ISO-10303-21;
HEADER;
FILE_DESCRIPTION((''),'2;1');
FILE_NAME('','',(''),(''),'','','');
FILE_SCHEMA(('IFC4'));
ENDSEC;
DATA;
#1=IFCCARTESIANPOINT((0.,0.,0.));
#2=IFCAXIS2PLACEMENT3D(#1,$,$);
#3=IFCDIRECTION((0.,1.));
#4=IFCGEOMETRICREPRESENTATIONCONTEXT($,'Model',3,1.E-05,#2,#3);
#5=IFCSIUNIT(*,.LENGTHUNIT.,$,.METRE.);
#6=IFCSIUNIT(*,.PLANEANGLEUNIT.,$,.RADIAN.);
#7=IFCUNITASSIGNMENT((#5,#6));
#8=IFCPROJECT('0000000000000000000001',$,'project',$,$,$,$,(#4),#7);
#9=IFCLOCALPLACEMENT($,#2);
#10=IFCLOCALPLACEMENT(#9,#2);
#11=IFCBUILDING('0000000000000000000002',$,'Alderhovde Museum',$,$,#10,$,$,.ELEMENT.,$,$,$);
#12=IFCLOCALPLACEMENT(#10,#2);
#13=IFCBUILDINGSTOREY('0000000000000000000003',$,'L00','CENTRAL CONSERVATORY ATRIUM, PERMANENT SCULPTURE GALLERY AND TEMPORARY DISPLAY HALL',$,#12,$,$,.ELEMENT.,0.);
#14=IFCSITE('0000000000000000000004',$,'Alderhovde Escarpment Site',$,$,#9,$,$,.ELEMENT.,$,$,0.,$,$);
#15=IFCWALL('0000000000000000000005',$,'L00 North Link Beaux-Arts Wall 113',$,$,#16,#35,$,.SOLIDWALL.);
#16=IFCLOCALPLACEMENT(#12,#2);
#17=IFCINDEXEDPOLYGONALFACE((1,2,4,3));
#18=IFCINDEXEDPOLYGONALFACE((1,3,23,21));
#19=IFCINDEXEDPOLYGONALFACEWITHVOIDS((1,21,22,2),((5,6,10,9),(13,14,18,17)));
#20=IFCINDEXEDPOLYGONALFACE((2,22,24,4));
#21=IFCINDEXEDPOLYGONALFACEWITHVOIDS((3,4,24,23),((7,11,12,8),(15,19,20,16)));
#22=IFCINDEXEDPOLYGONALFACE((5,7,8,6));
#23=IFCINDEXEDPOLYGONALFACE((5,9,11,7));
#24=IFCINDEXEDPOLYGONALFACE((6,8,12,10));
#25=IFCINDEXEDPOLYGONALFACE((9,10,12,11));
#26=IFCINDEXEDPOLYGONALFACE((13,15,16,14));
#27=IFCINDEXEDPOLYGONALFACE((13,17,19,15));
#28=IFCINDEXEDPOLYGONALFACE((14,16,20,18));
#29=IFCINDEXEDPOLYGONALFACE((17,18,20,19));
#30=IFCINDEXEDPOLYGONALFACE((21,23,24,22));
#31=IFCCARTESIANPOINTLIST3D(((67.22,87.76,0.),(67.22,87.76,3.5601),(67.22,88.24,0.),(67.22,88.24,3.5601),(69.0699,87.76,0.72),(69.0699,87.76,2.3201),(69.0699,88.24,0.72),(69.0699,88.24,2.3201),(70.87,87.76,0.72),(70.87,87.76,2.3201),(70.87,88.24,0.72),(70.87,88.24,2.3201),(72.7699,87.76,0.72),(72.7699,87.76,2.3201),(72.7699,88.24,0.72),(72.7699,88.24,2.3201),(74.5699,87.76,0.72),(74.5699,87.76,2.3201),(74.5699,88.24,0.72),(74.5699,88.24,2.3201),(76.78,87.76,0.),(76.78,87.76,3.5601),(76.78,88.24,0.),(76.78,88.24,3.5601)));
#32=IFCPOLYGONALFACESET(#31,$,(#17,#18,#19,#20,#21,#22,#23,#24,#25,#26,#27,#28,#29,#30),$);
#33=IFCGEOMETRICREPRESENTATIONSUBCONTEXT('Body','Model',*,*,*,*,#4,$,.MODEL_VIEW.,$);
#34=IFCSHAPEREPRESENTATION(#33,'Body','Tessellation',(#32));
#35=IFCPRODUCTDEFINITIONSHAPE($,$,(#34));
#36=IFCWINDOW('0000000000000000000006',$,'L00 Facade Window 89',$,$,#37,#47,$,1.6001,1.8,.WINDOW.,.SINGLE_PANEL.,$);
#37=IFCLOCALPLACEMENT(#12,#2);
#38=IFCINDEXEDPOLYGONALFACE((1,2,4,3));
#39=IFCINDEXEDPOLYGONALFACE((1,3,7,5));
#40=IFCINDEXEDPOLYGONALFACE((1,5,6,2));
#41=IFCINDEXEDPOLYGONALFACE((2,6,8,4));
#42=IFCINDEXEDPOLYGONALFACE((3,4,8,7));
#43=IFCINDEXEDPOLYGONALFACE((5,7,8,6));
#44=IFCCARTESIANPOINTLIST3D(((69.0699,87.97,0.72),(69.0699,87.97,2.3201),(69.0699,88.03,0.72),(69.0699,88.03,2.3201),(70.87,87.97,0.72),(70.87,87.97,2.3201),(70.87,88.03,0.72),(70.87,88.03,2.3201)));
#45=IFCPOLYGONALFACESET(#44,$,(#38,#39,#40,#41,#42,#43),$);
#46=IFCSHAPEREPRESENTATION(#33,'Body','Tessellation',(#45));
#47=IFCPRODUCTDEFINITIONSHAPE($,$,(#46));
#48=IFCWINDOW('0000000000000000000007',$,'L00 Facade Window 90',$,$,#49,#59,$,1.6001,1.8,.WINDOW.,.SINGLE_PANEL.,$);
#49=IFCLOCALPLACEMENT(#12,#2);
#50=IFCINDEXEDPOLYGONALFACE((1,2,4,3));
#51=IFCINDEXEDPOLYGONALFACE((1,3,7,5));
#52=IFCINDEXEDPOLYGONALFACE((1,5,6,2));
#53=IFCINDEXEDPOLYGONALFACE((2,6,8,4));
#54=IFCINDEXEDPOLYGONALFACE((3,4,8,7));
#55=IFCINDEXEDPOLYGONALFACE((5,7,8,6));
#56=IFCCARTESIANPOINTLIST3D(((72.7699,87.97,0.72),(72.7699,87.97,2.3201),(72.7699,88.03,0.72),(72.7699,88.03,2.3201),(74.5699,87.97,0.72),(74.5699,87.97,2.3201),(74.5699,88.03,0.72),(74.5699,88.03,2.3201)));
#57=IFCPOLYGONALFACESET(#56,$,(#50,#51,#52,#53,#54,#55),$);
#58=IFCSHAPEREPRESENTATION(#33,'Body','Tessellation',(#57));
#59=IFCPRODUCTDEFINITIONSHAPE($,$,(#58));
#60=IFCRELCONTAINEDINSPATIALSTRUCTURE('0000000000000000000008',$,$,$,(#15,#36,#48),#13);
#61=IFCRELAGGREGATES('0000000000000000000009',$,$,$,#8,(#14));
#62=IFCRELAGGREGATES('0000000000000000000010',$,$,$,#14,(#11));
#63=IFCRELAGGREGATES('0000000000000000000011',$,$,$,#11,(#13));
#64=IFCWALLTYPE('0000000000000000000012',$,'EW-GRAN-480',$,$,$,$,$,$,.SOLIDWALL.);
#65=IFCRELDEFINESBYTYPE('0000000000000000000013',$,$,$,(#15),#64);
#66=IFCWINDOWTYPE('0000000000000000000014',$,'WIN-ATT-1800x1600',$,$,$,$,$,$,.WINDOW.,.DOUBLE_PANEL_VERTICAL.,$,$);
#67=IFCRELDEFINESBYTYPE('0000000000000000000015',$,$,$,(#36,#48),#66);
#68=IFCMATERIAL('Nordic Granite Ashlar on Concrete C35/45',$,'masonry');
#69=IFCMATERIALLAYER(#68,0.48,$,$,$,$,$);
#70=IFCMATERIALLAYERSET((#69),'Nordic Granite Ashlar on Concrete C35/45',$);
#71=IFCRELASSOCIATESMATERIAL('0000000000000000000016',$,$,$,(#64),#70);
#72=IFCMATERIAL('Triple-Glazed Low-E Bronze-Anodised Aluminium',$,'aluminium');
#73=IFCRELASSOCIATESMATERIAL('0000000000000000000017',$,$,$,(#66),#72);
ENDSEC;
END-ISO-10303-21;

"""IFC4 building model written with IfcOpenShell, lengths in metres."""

from ifc_helpers import new_model, si_unit, direction, frame, frame_2d, origin, place, context, subcontext, project, spatial, rectangle, extrude, material, layer, layer_set, type_object, element, fill, save


model = new_model("IFC4")

# Units and contexts
model_context = context("Model", 3, precision=1e-05, world=origin(), true_north=direction((0.0, 1.0)))
body_context = subcontext(model_context, "Body", "Model", "MODEL_VIEW")
ifc_project = project(units=[si_unit("LENGTHUNIT", "METRE"), si_unit("PLANEANGLEUNIT", "RADIAN")], contexts=[model_context])

# Site, building, storey
site_placement = place(None, origin())
site = spatial("IfcSite", under=ifc_project, at=site_placement, Name="Alderhovde Escarpment Site", CompositionType="ELEMENT", RefElevation=0.0)
building_placement = place(site_placement, origin())
building = spatial("IfcBuilding", under=site, at=building_placement, Name="Alderhovde Museum", CompositionType="ELEMENT")
storey_placement = place(building_placement, origin())
storey = spatial("IfcBuildingStorey", under=building, at=storey_placement, Name="L00", Description="CENTRAL CONSERVATORY ATRIUM, PERMANENT SCULPTURE GALLERY AND TEMPORARY DISPLAY HALL", CompositionType="ELEMENT", Elevation=0.0)

# Wall, openings, windows
ifc_material_1 = material(Name="Nordic Granite Ashlar on Concrete C35/45", Category="masonry")
ifc_layer_1 = layer(ifc_material_1, 0.48)
ifc_layer_set_1 = layer_set([ifc_layer_1], Name="Nordic Granite Ashlar on Concrete C35/45")
wall_type = type_object("IfcWallType", Name="EW-GRAN-480", PredefinedType="SOLIDWALL", material=ifc_layer_set_1)
ifc_material_2 = material(Name="Triple-Glazed Low-E Bronze-Anodised Aluminium", Category="aluminium")
window_type = type_object("IfcWindowType", Name="WIN-ATT-1800x1600", PartitioningType="DOUBLE_PANEL_VERTICAL", PredefinedType="WINDOW", material=ifc_material_2)
wall_1_placement = place(storey_placement, frame((67.22, 88.0, 0.0), z_axis=(0.0, 0.0, 1.0), x_axis=(1.0, 0.0, 0.0)))
wall_1 = element("IfcWall", 1, at=wall_1_placement, inside=storey, type_object=wall_type, Name="L00 North Link Beaux-Arts Wall 113", PredefinedType="SOLIDWALL", context=body_context, shape_type="SweptSolid", body=[
    extrude(rectangle(XDim=9.5601, YDim=0.48, at=frame_2d((4.78, 0.0))), origin(), (0.0, 0.0, 1.0), 3.5601),
])
opening_1_placement = place(wall_1_placement, frame((1.8501, 0.0, 0.72)))
opening_1 = element("IfcOpeningElement", 2, at=opening_1_placement, cuts=wall_1, PredefinedType="OPENING", context=body_context, shape_type="SweptSolid", body=[
    extrude(rectangle(XDim=1.8, YDim=1.6001, at=frame_2d((0.8999, 0.8))), frame((0.0, 0.25, 0.0), z_axis=(0.0, -1.0, 0.0), x_axis=(1.0, 0.0, 0.0)), (0.0, 0.0, 1.0), 0.5),
])
opening_2_placement = place(wall_1_placement, frame((5.55, 0.0, 0.72)))
opening_2 = element("IfcOpeningElement", 3, at=opening_2_placement, cuts=wall_1, PredefinedType="OPENING", context=body_context, shape_type="SweptSolid", body=[
    extrude(rectangle(XDim=1.8, YDim=1.6001, at=frame_2d((0.8999, 0.8))), frame((0.0, 0.25, 0.0), z_axis=(0.0, -1.0, 0.0), x_axis=(1.0, 0.0, 0.0)), (0.0, 0.0, 1.0), 0.5),
])
window_1_placement = place(opening_1_placement, origin())
window_1 = element("IfcWindow", 4, at=window_1_placement, inside=storey, type_object=window_type, Name="L00 Facade Window 89", OverallHeight=1.6001, OverallWidth=1.8, PartitioningType="SINGLE_PANEL", PredefinedType="WINDOW", context=body_context, shape_type="SweptSolid", body=[
    extrude(rectangle(XDim=1.8, YDim=1.6001, at=frame_2d((0.8999, 0.8))), frame((0.0, 0.03, 0.0), z_axis=(0.0, -1.0, 0.0), x_axis=(1.0, 0.0, 0.0)), (0.0, 0.0, 1.0), 0.0601),
])
fill(opening_1, window_1)
window_2_placement = place(opening_2_placement, origin())
window_2 = element("IfcWindow", 5, at=window_2_placement, inside=storey, type_object=window_type, Name="L00 Facade Window 90", OverallHeight=1.6001, OverallWidth=1.8, PartitioningType="SINGLE_PANEL", PredefinedType="WINDOW", context=body_context, shape_type="SweptSolid", body=[
    extrude(rectangle(XDim=1.8, YDim=1.6001, at=frame_2d((0.8999, 0.8))), frame((0.0, 0.03, 0.0), z_axis=(0.0, -1.0, 0.0), x_axis=(1.0, 0.0, 0.0)), (0.0, 0.0, 1.0), 0.0601),
])
fill(opening_2, window_2)

save(model, "model.ifc")
